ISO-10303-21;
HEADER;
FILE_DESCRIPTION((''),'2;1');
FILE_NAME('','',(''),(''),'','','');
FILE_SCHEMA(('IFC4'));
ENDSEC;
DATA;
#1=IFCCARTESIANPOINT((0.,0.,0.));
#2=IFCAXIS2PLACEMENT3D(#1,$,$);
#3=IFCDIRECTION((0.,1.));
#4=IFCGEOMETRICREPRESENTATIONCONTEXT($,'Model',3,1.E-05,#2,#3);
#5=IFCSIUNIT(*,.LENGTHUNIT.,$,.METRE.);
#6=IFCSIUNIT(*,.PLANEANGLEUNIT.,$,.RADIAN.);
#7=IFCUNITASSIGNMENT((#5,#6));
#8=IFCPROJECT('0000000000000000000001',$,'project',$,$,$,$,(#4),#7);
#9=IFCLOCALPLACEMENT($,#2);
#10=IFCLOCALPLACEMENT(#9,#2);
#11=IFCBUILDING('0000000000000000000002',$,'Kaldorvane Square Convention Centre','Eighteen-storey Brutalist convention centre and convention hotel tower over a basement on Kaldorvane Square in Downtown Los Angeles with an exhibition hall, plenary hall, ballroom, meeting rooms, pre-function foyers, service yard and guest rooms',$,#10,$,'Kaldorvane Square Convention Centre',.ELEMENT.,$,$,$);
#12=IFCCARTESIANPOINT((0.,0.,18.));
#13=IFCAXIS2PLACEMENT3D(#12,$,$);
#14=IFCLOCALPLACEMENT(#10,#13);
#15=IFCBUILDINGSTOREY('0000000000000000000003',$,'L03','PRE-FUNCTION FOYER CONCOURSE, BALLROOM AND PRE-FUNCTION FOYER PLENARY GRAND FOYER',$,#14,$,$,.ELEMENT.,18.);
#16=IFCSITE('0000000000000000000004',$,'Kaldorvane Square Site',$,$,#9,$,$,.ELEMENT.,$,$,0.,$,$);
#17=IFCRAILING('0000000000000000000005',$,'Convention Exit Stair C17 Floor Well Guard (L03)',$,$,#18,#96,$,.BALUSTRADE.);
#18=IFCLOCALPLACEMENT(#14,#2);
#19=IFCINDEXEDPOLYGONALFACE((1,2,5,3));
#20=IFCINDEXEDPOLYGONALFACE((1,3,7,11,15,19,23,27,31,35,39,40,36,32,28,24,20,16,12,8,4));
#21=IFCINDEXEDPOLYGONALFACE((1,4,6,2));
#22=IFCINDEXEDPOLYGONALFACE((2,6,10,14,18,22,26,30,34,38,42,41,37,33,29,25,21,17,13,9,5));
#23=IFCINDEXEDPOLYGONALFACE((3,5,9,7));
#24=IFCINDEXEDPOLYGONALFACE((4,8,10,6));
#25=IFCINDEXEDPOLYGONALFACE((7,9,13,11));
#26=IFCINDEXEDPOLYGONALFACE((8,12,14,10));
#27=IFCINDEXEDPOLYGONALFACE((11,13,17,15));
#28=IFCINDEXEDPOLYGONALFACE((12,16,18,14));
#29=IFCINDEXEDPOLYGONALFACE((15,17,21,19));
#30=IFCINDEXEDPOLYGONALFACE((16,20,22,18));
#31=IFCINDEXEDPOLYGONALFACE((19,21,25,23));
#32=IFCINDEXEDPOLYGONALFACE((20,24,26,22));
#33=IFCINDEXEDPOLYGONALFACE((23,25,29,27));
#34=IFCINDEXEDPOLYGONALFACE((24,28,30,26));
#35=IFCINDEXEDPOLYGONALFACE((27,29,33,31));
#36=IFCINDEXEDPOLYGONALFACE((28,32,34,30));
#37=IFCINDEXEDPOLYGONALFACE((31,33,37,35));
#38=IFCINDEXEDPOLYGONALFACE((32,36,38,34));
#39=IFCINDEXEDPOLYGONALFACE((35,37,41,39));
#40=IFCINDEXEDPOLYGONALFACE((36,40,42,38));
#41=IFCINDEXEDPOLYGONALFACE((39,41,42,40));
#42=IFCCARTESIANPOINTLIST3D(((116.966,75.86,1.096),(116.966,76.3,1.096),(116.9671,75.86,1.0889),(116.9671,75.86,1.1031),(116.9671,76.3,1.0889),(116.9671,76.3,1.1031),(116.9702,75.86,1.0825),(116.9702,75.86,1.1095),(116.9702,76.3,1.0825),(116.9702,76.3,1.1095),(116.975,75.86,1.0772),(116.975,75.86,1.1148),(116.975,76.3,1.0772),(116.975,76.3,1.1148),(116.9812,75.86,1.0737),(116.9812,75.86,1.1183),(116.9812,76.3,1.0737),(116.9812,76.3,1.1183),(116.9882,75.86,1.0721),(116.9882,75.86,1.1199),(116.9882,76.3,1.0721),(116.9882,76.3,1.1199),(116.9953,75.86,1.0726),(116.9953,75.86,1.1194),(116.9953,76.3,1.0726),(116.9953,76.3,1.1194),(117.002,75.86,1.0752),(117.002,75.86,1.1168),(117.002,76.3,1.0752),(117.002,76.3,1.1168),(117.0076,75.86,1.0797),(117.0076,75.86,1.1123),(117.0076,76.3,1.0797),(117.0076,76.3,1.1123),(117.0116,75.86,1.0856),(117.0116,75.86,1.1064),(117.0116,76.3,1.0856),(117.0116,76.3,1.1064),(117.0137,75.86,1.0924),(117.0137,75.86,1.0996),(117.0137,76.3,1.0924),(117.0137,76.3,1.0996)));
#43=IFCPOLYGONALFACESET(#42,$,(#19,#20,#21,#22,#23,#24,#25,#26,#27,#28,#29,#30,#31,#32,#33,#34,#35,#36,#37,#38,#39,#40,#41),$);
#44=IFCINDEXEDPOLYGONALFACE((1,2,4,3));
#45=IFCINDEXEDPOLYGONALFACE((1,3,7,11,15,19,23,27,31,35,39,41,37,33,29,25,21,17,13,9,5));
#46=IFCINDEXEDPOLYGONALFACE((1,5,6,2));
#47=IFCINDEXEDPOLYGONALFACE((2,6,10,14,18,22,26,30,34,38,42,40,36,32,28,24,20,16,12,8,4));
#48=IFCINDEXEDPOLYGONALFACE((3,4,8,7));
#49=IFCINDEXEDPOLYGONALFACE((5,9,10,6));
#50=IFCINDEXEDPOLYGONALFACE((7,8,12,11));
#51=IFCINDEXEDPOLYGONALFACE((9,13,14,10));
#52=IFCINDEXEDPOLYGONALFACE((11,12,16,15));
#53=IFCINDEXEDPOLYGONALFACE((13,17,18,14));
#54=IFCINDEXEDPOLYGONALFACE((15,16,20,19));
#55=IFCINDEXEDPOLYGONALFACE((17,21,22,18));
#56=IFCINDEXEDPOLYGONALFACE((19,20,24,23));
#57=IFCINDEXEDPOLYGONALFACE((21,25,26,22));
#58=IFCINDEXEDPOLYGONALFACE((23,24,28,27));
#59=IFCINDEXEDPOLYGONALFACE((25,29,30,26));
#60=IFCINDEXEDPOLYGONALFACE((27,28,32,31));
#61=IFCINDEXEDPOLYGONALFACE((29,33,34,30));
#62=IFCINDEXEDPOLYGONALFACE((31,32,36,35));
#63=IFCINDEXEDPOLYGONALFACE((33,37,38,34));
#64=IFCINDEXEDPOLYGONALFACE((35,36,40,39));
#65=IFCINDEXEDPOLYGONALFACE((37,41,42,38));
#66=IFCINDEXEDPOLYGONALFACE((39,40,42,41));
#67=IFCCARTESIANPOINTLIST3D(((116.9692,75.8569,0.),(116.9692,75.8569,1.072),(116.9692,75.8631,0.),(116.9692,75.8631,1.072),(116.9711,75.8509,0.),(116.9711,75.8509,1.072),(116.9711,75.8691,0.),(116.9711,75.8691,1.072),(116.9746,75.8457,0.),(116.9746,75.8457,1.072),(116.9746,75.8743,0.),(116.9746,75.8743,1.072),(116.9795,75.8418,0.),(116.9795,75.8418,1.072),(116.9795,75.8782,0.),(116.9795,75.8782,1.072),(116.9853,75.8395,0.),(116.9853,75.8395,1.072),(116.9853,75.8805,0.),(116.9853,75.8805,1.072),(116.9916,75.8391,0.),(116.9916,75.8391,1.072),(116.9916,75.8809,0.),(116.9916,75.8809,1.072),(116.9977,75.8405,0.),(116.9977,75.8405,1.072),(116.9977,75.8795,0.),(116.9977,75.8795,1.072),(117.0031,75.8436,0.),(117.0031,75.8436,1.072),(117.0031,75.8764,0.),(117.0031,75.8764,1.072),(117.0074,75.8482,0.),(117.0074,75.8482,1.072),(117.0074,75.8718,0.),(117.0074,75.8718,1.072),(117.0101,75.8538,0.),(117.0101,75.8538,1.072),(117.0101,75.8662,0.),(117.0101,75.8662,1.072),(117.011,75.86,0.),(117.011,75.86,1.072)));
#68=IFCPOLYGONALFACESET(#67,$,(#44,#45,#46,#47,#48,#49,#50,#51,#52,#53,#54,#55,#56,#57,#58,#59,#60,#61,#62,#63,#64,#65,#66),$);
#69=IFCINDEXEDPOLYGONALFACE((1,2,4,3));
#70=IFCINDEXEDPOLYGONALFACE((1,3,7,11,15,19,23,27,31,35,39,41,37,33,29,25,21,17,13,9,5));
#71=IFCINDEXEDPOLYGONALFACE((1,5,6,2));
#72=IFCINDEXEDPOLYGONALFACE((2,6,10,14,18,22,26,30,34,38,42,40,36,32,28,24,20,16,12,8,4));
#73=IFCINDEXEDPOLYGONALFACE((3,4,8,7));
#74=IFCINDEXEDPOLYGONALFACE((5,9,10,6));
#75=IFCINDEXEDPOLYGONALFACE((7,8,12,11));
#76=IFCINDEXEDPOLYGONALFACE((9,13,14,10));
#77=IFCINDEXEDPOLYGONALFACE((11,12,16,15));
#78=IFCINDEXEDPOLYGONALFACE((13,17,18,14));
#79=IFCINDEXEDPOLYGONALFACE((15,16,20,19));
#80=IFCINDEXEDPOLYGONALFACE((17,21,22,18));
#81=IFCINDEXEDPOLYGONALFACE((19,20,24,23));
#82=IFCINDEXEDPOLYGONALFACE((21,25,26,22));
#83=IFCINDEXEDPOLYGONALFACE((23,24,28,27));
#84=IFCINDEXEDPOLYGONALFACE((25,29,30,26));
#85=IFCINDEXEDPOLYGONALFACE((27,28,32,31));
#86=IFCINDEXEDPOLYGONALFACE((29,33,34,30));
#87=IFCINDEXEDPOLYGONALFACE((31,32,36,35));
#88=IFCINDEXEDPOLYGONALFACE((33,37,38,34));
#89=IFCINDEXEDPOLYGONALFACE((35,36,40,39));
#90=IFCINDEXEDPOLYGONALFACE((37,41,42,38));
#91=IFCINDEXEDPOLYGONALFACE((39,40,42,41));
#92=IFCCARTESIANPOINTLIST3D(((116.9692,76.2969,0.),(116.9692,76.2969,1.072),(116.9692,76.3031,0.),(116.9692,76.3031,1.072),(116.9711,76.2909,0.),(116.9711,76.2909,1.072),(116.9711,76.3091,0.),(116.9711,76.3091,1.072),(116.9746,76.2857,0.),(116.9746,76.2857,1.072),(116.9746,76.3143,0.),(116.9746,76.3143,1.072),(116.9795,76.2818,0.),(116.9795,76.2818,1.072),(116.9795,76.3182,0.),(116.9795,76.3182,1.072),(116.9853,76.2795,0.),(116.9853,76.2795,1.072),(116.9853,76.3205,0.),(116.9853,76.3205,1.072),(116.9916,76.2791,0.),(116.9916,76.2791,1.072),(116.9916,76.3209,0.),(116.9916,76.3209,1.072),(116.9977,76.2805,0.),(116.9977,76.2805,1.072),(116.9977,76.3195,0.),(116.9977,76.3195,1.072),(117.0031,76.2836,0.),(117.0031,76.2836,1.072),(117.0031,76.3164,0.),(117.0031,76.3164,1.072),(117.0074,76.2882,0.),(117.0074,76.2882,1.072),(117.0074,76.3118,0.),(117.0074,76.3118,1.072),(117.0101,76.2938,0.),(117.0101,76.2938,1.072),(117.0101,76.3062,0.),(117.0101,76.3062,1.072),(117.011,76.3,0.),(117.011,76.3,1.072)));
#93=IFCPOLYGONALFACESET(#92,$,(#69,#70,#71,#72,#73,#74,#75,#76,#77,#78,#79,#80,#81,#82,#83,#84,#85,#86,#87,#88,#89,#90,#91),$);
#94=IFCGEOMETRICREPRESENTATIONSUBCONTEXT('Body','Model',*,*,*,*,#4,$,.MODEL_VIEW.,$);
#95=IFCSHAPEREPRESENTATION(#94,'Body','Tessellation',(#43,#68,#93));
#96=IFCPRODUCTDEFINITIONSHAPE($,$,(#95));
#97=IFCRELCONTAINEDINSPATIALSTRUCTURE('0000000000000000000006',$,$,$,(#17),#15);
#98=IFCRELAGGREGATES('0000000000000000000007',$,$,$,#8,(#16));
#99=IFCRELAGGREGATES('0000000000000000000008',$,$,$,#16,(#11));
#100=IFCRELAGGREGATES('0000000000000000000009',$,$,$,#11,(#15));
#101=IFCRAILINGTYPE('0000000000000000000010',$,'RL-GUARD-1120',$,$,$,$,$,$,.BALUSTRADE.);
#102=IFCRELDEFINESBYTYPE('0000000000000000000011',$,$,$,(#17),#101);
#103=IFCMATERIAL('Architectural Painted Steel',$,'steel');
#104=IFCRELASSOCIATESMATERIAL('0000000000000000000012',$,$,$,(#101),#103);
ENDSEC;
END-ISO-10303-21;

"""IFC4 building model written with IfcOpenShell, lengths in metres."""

from ifc_helpers import new_model, si_unit, direction, frame, origin, origin_2d, place, context, subcontext, project, spatial, circle, extrude, material, type_object, element, save


model = new_model("IFC4")

# Units and contexts
model_context = context("Model", 3, precision=1e-05, world=origin(), true_north=direction((0.0, 1.0)))
body_context = subcontext(model_context, "Body", "Model", "MODEL_VIEW")
ifc_project = project(units=[si_unit("LENGTHUNIT", "METRE"), si_unit("PLANEANGLEUNIT", "RADIAN")], contexts=[model_context])

# Site, building, storey
site_placement = place(None, origin())
site = spatial("IfcSite", under=ifc_project, at=site_placement, Name="Kaldorvane Square Site", CompositionType="ELEMENT", RefElevation=0.0)
building_placement = place(site_placement, origin())
building = spatial("IfcBuilding", under=site, at=building_placement, Name="Kaldorvane Square Convention Centre", Description="Eighteen-storey Brutalist convention centre and convention hotel tower over a basement on Kaldorvane Square in Downtown Los Angeles with an exhibition hall, plenary hall, ballroom, meeting rooms, pre-function foyers, service yard and guest rooms", LongName="Kaldorvane Square Convention Centre", CompositionType="ELEMENT")
storey_placement = place(building_placement, frame((0.0, 0.0, 18.0)))
storey = spatial("IfcBuildingStorey", under=building, at=storey_placement, Name="L03", Description="PRE-FUNCTION FOYER CONCOURSE, BALLROOM AND PRE-FUNCTION FOYER PLENARY GRAND FOYER", CompositionType="ELEMENT", Elevation=18.0)

# Railing
ifc_material_1 = material(Name="Architectural Painted Steel", Category="steel")
railing_type_1 = type_object("IfcRailingType", Name="RL-GUARD-1120", PredefinedType="BALUSTRADE", material=ifc_material_1)
railing_1_placement = place(storey_placement, frame((116.99, 75.86, 0.0)))
element("IfcRailing", 1, at=railing_1_placement, inside=storey, type_object=railing_type_1, Name="Convention Exit Stair C17 Floor Well Guard (L03)", PredefinedType="BALUSTRADE", context=body_context, shape_type="SweptSolid", body=[
    extrude(circle(Radius=0.024, at=origin_2d()), frame((0.0, 0.0, 1.096), z_axis=(0.0, 1.0, 0.0), x_axis=(-1.0, 0.0, 0.0)), (0.0, 0.0, 1.0), 0.44),
    extrude(circle(Radius=0.021, at=origin_2d()), origin(), (0.0, 0.0, 1.0), 1.072),
    extrude(circle(Radius=0.021, at=origin_2d()), frame((0.0, 0.44, 0.0)), (0.0, 0.0, 1.0), 1.072),
])

save(model, "model.ifc")
